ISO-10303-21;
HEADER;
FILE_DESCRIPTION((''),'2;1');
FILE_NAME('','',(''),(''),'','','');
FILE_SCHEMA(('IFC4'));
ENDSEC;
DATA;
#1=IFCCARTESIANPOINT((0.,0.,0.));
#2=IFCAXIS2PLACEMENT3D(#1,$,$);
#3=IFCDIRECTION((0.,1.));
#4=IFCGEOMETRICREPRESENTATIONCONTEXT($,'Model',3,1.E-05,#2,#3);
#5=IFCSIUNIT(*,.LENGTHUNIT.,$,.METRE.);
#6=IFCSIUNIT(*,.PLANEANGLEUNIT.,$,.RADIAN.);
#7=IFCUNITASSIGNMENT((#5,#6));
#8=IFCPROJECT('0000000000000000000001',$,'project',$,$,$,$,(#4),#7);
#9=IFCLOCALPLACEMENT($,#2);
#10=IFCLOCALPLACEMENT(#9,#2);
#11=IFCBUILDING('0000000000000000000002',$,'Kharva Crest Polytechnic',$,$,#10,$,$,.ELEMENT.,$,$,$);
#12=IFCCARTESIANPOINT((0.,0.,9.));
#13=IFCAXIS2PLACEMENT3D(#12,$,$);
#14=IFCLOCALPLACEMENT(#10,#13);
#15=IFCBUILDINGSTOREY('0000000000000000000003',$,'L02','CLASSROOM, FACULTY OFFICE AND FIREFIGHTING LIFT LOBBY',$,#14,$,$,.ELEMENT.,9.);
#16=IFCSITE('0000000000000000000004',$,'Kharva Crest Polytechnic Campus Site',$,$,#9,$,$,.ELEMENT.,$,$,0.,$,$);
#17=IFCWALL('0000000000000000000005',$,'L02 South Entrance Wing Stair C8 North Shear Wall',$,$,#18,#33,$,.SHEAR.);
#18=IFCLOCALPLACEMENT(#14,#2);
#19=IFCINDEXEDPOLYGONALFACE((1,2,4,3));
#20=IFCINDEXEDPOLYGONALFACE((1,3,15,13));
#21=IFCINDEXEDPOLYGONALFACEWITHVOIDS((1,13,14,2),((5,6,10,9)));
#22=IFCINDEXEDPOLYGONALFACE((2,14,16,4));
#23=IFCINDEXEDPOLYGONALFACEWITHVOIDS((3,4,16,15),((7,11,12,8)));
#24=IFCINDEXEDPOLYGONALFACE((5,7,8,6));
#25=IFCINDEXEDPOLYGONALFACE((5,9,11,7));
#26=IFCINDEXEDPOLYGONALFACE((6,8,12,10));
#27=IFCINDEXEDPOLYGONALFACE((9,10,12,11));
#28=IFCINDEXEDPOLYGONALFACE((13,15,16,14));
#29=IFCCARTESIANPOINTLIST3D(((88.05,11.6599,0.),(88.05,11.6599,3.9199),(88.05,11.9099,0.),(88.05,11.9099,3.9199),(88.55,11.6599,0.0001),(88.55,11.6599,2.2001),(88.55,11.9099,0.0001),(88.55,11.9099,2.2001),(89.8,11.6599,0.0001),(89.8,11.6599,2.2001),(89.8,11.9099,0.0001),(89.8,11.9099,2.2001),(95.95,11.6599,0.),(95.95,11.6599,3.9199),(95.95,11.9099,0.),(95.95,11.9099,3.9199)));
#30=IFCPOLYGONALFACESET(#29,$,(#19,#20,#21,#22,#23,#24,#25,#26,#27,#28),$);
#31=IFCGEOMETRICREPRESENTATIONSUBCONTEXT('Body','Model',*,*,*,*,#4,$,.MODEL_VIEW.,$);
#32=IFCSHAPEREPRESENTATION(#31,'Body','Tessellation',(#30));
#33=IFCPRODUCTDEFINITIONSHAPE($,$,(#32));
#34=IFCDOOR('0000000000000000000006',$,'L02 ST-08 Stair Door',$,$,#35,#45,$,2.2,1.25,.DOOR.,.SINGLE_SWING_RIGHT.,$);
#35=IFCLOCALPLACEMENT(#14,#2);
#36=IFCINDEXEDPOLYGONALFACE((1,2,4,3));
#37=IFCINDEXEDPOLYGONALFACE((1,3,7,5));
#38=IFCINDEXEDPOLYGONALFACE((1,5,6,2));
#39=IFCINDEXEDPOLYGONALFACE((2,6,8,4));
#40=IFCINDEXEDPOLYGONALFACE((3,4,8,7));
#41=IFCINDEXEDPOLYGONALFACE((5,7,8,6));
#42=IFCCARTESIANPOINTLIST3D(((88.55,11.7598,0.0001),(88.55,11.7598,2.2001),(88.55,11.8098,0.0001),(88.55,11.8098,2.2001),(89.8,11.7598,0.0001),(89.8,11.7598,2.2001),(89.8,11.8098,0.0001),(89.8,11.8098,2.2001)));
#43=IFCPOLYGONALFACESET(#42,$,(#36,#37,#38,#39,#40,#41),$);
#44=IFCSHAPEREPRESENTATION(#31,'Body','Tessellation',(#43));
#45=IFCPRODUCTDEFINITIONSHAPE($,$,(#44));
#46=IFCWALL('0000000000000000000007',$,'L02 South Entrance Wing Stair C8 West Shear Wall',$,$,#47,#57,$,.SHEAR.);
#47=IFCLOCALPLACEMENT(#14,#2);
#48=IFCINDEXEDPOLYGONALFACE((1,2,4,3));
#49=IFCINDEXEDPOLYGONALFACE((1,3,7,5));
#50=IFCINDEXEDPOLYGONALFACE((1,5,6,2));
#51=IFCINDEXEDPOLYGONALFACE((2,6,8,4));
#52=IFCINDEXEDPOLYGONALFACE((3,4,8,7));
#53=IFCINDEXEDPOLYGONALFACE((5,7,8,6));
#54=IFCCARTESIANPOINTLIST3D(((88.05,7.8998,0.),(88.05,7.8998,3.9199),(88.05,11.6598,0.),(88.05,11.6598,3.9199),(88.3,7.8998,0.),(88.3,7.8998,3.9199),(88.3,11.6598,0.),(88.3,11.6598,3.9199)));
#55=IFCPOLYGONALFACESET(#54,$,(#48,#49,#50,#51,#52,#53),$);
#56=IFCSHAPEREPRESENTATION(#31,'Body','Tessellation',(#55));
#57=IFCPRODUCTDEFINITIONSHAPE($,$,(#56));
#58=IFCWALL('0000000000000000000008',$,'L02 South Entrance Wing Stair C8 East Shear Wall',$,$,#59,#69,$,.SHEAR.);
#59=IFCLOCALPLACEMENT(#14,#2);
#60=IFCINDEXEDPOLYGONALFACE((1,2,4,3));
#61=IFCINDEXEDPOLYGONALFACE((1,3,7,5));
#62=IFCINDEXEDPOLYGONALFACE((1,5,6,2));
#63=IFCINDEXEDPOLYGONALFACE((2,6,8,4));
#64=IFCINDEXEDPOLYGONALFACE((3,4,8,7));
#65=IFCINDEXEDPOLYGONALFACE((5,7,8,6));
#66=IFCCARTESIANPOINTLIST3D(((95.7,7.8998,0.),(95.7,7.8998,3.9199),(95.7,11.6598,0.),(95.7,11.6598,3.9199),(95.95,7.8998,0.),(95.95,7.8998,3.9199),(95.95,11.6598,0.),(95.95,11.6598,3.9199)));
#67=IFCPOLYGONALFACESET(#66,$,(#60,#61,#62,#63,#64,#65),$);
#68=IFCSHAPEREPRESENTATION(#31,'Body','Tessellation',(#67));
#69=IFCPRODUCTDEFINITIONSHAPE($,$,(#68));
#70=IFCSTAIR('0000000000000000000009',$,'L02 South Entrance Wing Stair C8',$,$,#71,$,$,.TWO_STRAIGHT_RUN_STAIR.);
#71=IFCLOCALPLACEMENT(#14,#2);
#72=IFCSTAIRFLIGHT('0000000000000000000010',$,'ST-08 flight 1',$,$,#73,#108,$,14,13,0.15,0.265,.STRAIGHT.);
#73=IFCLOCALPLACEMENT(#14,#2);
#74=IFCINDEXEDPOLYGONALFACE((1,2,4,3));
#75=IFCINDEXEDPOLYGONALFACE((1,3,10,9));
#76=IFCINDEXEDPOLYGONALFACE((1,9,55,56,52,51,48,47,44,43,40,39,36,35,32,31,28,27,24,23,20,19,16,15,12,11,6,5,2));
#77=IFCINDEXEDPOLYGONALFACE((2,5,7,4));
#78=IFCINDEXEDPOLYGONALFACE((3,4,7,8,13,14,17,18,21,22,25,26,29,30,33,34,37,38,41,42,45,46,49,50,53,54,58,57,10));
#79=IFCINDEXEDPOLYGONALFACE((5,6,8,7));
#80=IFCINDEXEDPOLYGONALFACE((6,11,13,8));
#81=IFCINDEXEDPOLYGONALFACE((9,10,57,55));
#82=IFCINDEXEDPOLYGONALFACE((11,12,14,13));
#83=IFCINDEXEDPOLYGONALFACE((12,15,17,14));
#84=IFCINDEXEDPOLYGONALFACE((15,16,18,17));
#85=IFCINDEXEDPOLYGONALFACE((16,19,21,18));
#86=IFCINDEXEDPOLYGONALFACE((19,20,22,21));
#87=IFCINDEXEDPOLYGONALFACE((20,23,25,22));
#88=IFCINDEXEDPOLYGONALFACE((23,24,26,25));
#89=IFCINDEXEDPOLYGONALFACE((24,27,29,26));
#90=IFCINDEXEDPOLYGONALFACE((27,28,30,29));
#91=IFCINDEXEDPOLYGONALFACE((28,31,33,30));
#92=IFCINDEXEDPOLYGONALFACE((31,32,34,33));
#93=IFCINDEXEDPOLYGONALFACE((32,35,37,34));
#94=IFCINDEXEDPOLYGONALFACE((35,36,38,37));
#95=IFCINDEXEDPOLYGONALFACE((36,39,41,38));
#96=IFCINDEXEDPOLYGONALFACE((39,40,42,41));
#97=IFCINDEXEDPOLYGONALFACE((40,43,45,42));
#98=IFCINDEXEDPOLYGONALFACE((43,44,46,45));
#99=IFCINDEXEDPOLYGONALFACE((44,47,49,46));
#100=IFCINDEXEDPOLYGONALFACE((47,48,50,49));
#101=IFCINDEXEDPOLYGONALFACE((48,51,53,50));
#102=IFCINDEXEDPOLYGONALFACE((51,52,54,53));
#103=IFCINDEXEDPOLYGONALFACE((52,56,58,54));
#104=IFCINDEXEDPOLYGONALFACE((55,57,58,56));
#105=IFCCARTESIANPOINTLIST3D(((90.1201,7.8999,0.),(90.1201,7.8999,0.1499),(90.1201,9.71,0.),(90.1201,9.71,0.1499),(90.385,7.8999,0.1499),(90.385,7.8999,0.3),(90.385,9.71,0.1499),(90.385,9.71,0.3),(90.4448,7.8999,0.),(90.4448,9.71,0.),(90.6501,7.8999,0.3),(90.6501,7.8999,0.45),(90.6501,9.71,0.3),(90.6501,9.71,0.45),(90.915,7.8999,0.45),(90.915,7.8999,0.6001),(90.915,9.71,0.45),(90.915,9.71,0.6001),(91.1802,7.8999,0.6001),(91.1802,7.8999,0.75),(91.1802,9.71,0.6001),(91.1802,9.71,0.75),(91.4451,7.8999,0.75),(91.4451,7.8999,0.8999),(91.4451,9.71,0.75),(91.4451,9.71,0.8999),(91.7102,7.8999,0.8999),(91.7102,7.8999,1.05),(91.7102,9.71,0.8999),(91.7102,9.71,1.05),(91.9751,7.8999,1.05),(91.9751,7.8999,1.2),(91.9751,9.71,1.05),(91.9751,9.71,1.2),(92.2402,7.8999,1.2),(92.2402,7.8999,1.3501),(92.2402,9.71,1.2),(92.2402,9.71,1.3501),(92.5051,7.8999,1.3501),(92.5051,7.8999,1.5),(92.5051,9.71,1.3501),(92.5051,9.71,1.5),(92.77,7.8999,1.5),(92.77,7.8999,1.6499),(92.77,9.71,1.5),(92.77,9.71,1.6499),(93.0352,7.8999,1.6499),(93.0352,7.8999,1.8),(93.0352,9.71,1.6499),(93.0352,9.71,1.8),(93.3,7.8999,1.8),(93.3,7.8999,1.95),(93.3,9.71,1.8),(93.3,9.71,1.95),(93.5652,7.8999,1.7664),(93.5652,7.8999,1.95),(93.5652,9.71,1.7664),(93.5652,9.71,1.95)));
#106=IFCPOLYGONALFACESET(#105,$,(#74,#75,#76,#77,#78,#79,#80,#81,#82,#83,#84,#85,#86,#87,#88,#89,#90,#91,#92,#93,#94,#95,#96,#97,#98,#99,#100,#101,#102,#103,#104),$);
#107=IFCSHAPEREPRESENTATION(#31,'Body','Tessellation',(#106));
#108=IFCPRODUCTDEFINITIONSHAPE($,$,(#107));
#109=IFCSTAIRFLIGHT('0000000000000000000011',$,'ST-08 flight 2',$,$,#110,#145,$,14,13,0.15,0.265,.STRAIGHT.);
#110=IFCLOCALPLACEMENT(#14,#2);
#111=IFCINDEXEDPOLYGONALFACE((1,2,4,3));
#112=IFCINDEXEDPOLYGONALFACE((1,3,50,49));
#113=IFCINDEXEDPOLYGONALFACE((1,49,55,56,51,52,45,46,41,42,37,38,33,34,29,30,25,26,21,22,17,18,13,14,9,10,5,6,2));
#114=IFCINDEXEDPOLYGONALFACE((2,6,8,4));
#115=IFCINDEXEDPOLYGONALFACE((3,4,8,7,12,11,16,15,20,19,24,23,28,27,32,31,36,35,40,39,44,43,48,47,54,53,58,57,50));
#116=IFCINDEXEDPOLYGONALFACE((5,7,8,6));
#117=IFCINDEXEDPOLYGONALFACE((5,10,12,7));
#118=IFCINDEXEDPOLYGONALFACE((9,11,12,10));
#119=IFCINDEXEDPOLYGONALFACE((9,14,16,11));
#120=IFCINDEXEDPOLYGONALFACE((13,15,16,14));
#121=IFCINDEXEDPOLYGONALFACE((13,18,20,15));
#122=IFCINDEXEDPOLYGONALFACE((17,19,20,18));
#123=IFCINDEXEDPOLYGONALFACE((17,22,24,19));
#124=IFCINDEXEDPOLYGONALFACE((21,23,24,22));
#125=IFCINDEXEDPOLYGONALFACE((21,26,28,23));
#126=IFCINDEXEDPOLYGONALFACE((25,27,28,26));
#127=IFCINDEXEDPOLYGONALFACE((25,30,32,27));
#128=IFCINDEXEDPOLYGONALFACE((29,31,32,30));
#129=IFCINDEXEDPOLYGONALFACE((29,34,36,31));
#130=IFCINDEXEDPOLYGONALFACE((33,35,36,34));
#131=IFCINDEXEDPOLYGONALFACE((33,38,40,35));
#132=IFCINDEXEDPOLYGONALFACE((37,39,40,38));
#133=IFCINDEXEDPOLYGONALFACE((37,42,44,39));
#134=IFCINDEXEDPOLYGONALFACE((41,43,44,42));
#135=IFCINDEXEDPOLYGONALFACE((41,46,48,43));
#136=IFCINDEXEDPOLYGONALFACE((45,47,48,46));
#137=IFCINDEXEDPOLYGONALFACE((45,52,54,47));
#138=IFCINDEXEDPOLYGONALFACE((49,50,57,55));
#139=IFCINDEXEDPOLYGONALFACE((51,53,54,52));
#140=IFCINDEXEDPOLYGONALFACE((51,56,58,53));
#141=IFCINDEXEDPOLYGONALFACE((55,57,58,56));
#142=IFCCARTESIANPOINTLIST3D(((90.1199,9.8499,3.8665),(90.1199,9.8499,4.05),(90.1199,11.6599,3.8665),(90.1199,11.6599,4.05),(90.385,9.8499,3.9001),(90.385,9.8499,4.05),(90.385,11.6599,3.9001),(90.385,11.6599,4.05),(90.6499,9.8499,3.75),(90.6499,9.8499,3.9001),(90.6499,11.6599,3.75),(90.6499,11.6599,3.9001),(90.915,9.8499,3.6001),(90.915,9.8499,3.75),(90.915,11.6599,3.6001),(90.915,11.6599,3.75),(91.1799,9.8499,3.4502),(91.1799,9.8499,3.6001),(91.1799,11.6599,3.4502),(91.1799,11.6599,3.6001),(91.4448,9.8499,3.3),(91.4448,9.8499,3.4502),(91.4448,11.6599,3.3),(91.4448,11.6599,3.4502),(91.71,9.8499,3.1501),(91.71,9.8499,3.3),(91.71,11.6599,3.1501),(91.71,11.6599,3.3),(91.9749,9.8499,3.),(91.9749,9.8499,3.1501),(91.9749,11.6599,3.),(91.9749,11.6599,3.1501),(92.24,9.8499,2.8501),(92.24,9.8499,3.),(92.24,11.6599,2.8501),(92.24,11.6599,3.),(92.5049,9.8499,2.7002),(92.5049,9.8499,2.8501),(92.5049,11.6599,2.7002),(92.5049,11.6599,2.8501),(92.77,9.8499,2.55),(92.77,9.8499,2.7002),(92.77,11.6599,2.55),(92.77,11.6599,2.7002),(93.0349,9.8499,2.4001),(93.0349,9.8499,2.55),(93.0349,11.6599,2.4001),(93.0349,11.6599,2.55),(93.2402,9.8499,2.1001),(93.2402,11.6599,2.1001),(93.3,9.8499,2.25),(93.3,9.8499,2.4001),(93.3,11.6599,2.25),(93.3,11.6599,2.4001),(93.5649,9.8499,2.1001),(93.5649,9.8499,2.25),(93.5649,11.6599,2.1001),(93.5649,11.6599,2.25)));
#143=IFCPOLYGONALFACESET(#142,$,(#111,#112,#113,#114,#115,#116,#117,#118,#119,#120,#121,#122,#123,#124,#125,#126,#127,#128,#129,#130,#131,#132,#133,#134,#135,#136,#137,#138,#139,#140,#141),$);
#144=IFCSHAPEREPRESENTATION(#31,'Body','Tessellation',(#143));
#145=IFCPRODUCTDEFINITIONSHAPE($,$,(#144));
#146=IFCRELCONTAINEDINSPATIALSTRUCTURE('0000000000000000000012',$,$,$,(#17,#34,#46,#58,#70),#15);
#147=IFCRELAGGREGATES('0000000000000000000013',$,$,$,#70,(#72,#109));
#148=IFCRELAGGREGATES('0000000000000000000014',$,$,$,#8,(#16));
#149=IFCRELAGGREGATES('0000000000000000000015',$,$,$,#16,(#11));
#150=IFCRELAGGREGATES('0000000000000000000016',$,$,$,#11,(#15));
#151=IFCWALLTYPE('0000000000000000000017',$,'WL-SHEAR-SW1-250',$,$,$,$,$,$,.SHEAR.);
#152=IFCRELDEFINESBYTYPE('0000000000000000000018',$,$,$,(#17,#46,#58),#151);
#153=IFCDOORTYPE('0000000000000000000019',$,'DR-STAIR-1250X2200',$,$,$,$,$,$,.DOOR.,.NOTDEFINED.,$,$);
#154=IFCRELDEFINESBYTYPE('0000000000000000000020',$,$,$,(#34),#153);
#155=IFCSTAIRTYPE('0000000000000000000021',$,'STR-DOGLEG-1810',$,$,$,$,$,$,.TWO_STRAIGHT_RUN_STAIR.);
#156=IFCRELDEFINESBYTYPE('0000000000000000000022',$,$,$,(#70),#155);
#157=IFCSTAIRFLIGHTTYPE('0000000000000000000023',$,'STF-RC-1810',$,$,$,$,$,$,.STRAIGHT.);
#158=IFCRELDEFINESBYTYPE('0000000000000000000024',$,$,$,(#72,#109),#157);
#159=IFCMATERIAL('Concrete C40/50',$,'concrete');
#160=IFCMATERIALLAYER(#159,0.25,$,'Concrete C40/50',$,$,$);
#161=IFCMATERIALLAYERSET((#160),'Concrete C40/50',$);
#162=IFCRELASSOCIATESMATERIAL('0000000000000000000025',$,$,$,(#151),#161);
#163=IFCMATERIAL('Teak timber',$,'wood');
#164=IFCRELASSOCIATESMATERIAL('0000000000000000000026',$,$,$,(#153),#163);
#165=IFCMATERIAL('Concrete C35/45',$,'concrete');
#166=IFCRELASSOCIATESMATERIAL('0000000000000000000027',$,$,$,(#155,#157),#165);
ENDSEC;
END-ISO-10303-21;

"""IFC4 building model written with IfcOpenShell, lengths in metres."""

from ifc_helpers import new_model, si_unit, direction, frame, frame_2d, origin, place, context, subcontext, project, spatial, polyline, rectangle, outline, extrude, material, layer, layer_set, type_object, element, fill, aggregate, save


model = new_model("IFC4")

# Units and contexts
model_context = context("Model", 3, precision=1e-05, world=origin(), true_north=direction((0.0, 1.0)))
body_context = subcontext(model_context, "Body", "Model", "MODEL_VIEW")
ifc_project = project(units=[si_unit("LENGTHUNIT", "METRE"), si_unit("PLANEANGLEUNIT", "RADIAN")], contexts=[model_context])

# Site, building, storey
site_placement = place(None, origin())
site = spatial("IfcSite", under=ifc_project, at=site_placement, Name="Kharva Crest Polytechnic Campus Site", CompositionType="ELEMENT", RefElevation=0.0)
building_placement = place(site_placement, origin())
building = spatial("IfcBuilding", under=site, at=building_placement, Name="Kharva Crest Polytechnic", CompositionType="ELEMENT")
storey_placement = place(building_placement, frame((0.0, 0.0, 9.0)))
storey = spatial("IfcBuildingStorey", under=building, at=storey_placement, Name="L02", Description="CLASSROOM, FACULTY OFFICE AND FIREFIGHTING LIFT LOBBY", CompositionType="ELEMENT", Elevation=9.0)

# Shared definitions
ifc_material_1 = material(Name="Concrete C40/50", Category="concrete")

# Shared definitions
ifc_material_2 = material(Name="Concrete C35/45", Category="concrete")

# Wall, opening, door
ifc_layer_1 = layer(ifc_material_1, 0.25, Name="Concrete C40/50")
ifc_layer_set_1 = layer_set([ifc_layer_1], Name="Concrete C40/50")
wall_type_1 = type_object("IfcWallType", Name="WL-SHEAR-SW1-250", PredefinedType="SHEAR", material=ifc_layer_set_1)
wall_1_placement = place(storey_placement, frame((88.05, 11.7849, 0.0), z_axis=(0.0, 0.0, 1.0), x_axis=(1.0, 0.0, 0.0)))
wall_1 = element("IfcWall", 1, at=wall_1_placement, inside=storey, type_object=wall_type_1, Name="L02 South Entrance Wing Stair C8 North Shear Wall", PredefinedType="SHEAR", context=body_context, shape_type="SweptSolid", body=[
    extrude(rectangle(XDim=7.8999, YDim=0.25, at=frame_2d((3.95, 0.0))), origin(), (0.0, 0.0, 1.0), 3.9199),
])
opening_placement = place(wall_1_placement, frame((0.5, 0.0, 0.0)))
opening = element("IfcOpeningElement", 2, at=opening_placement, cuts=wall_1, PredefinedType="OPENING", context=body_context, shape_type="SweptSolid", body=[
    extrude(rectangle(XDim=1.25, YDim=2.2, at=frame_2d((0.625, 1.1001))), frame((0.0, 0.135, 0.0), z_axis=(0.0, -1.0, 0.0), x_axis=(1.0, 0.0, 0.0)), (0.0, 0.0, 1.0), 0.27),
])
ifc_material_3 = material(Name="Teak timber", Category="wood")
door_type = type_object("IfcDoorType", Name="DR-STAIR-1250X2200", OperationType="NOTDEFINED", PredefinedType="DOOR", material=ifc_material_3)
door_placement = place(opening_placement, origin())
door = element("IfcDoor", 3, at=door_placement, inside=storey, type_object=door_type, Name="L02 ST-08 Stair Door", OperationType="SINGLE_SWING_RIGHT", OverallHeight=2.2, OverallWidth=1.25, PredefinedType="DOOR", context=body_context, shape_type="SweptSolid", body=[
    extrude(rectangle(XDim=1.25, YDim=2.2, at=frame_2d((0.625, 1.1001))), frame((0.0, 0.0249, 0.0), z_axis=(0.0, -1.0, 0.0), x_axis=(1.0, 0.0, 0.0)), (0.0, 0.0, 1.0), 0.05),
])
fill(opening, door)

# Walls
for number, where, z_axis, x_axis, name in (
    (4, (88.175, 7.8999, 0.0), (0.0, 0.0, 1.0), (0.0, 1.0, 0.0), "L02 South Entrance Wing Stair C8 West Shear Wall"),
    (5, (95.825, 7.8999, 0.0), (0.0, 0.0, 1.0), (0.0, 1.0, 0.0), "L02 South Entrance Wing Stair C8 East Shear Wall"),
):
    element("IfcWall", number, at=place(storey_placement, frame(where, z_axis=z_axis, x_axis=x_axis)), inside=storey, type_object=wall_type_1, Name=name, PredefinedType="SHEAR", context=body_context, shape_type="SweptSolid", body=[
        extrude(rectangle(XDim=3.76, YDim=0.25, at=frame_2d((1.8799, 0.0))), origin(), (0.0, 0.0, 1.0), 3.9199),
    ])

# Stair, stair flights
stair_type = type_object("IfcStairType", Name="STR-DOGLEG-1810", PredefinedType="TWO_STRAIGHT_RUN_STAIR", material=ifc_material_2)
stair_placement = place(storey_placement, origin())
stair = element("IfcStair", 6, at=stair_placement, inside=storey, type_object=stair_type, Name="L02 South Entrance Wing Stair C8", PredefinedType="TWO_STRAIGHT_RUN_STAIR")
stair_flight_type = type_object("IfcStairFlightType", Name="STF-RC-1810", PredefinedType="STRAIGHT", material=ifc_material_2)
stair_flight_1_placement = place(storey_placement, frame((90.1201, 8.8049, 0.0), z_axis=(0.0, 0.0, 1.0), x_axis=(1.0, 0.0, 0.0)))
stair_flight_1 = element("IfcStairFlight", 7, at=stair_flight_1_placement, type_object=stair_flight_type, Name="ST-08 flight 1", NumberOfRisers=14, NumberOfTreads=13, PredefinedType="STRAIGHT", RiserHeight=0.15, TreadLength=0.265, context=body_context, shape_type="SweptSolid", body=[
    extrude(outline(polyline([(0.0, 0.0), (0.0, 0.1499), (0.2649, 0.1499), (0.2649, 0.3), (0.53, 0.3), (0.53, 0.45), (0.7949, 0.45), (0.7949, 0.6001), (1.0601, 0.6001), (1.0601, 0.75), (1.325, 0.75), (1.325, 0.8999), (1.5901, 0.8999), (1.5901, 1.05), (1.855, 1.05), (1.855, 1.2), (2.1201, 1.2), (2.1201, 1.3501), (2.385, 1.3501), (2.385, 1.5), (2.6499, 1.5), (2.6499, 1.6499), (2.915, 1.6499), (2.915, 1.8), (3.1799, 1.8), (3.1799, 1.95), (3.4451, 1.95), (3.4451, 2.1001), (3.4451, 1.7664), (0.3247, 0.0), (0.0, 0.0)])), frame((0.0, 0.905, 0.0), z_axis=(0.0, -1.0, 0.0), x_axis=(1.0, 0.0, 0.0)), (0.0, 0.0, 1.0), 1.8101),
])
stair_flight_2_placement = place(storey_placement, frame((93.5649, 10.7549, 2.1001), z_axis=(0.0, 0.0, 1.0), x_axis=(-1.0, 0.0, 0.0)))
stair_flight_2 = element("IfcStairFlight", 8, at=stair_flight_2_placement, type_object=stair_flight_type, Name="ST-08 flight 2", NumberOfRisers=14, NumberOfTreads=13, PredefinedType="STRAIGHT", RiserHeight=0.15, TreadLength=0.265, context=body_context, shape_type="SweptSolid", body=[
    extrude(outline(polyline([(0.0, 0.0), (0.0, 0.1499), (0.2649, 0.1499), (0.2649, 0.3), (0.53, 0.3), (0.53, 0.45), (0.7949, 0.45), (0.7949, 0.6001), (1.0601, 0.6001), (1.0601, 0.75), (1.325, 0.75), (1.325, 0.8999), (1.5901, 0.8999), (1.5901, 1.05), (1.855, 1.05), (1.855, 1.2), (2.1201, 1.2), (2.1201, 1.3501), (2.385, 1.3501), (2.385, 1.5), (2.6499, 1.5), (2.6499, 1.6499), (2.915, 1.6499), (2.915, 1.8), (3.1799, 1.8), (3.1799, 1.95), (3.4451, 1.95), (3.4451, 2.1001), (3.4451, 1.7664), (0.3247, 0.0), (0.0, 0.0)])), frame((0.0, 0.905, 0.0), z_axis=(0.0, -1.0, 0.0), x_axis=(1.0, 0.0, 0.0)), (0.0, 0.0, 1.0), 1.8101),
])
aggregate(stair, [stair_flight_1, stair_flight_2])

save(model, "model.ifc")
